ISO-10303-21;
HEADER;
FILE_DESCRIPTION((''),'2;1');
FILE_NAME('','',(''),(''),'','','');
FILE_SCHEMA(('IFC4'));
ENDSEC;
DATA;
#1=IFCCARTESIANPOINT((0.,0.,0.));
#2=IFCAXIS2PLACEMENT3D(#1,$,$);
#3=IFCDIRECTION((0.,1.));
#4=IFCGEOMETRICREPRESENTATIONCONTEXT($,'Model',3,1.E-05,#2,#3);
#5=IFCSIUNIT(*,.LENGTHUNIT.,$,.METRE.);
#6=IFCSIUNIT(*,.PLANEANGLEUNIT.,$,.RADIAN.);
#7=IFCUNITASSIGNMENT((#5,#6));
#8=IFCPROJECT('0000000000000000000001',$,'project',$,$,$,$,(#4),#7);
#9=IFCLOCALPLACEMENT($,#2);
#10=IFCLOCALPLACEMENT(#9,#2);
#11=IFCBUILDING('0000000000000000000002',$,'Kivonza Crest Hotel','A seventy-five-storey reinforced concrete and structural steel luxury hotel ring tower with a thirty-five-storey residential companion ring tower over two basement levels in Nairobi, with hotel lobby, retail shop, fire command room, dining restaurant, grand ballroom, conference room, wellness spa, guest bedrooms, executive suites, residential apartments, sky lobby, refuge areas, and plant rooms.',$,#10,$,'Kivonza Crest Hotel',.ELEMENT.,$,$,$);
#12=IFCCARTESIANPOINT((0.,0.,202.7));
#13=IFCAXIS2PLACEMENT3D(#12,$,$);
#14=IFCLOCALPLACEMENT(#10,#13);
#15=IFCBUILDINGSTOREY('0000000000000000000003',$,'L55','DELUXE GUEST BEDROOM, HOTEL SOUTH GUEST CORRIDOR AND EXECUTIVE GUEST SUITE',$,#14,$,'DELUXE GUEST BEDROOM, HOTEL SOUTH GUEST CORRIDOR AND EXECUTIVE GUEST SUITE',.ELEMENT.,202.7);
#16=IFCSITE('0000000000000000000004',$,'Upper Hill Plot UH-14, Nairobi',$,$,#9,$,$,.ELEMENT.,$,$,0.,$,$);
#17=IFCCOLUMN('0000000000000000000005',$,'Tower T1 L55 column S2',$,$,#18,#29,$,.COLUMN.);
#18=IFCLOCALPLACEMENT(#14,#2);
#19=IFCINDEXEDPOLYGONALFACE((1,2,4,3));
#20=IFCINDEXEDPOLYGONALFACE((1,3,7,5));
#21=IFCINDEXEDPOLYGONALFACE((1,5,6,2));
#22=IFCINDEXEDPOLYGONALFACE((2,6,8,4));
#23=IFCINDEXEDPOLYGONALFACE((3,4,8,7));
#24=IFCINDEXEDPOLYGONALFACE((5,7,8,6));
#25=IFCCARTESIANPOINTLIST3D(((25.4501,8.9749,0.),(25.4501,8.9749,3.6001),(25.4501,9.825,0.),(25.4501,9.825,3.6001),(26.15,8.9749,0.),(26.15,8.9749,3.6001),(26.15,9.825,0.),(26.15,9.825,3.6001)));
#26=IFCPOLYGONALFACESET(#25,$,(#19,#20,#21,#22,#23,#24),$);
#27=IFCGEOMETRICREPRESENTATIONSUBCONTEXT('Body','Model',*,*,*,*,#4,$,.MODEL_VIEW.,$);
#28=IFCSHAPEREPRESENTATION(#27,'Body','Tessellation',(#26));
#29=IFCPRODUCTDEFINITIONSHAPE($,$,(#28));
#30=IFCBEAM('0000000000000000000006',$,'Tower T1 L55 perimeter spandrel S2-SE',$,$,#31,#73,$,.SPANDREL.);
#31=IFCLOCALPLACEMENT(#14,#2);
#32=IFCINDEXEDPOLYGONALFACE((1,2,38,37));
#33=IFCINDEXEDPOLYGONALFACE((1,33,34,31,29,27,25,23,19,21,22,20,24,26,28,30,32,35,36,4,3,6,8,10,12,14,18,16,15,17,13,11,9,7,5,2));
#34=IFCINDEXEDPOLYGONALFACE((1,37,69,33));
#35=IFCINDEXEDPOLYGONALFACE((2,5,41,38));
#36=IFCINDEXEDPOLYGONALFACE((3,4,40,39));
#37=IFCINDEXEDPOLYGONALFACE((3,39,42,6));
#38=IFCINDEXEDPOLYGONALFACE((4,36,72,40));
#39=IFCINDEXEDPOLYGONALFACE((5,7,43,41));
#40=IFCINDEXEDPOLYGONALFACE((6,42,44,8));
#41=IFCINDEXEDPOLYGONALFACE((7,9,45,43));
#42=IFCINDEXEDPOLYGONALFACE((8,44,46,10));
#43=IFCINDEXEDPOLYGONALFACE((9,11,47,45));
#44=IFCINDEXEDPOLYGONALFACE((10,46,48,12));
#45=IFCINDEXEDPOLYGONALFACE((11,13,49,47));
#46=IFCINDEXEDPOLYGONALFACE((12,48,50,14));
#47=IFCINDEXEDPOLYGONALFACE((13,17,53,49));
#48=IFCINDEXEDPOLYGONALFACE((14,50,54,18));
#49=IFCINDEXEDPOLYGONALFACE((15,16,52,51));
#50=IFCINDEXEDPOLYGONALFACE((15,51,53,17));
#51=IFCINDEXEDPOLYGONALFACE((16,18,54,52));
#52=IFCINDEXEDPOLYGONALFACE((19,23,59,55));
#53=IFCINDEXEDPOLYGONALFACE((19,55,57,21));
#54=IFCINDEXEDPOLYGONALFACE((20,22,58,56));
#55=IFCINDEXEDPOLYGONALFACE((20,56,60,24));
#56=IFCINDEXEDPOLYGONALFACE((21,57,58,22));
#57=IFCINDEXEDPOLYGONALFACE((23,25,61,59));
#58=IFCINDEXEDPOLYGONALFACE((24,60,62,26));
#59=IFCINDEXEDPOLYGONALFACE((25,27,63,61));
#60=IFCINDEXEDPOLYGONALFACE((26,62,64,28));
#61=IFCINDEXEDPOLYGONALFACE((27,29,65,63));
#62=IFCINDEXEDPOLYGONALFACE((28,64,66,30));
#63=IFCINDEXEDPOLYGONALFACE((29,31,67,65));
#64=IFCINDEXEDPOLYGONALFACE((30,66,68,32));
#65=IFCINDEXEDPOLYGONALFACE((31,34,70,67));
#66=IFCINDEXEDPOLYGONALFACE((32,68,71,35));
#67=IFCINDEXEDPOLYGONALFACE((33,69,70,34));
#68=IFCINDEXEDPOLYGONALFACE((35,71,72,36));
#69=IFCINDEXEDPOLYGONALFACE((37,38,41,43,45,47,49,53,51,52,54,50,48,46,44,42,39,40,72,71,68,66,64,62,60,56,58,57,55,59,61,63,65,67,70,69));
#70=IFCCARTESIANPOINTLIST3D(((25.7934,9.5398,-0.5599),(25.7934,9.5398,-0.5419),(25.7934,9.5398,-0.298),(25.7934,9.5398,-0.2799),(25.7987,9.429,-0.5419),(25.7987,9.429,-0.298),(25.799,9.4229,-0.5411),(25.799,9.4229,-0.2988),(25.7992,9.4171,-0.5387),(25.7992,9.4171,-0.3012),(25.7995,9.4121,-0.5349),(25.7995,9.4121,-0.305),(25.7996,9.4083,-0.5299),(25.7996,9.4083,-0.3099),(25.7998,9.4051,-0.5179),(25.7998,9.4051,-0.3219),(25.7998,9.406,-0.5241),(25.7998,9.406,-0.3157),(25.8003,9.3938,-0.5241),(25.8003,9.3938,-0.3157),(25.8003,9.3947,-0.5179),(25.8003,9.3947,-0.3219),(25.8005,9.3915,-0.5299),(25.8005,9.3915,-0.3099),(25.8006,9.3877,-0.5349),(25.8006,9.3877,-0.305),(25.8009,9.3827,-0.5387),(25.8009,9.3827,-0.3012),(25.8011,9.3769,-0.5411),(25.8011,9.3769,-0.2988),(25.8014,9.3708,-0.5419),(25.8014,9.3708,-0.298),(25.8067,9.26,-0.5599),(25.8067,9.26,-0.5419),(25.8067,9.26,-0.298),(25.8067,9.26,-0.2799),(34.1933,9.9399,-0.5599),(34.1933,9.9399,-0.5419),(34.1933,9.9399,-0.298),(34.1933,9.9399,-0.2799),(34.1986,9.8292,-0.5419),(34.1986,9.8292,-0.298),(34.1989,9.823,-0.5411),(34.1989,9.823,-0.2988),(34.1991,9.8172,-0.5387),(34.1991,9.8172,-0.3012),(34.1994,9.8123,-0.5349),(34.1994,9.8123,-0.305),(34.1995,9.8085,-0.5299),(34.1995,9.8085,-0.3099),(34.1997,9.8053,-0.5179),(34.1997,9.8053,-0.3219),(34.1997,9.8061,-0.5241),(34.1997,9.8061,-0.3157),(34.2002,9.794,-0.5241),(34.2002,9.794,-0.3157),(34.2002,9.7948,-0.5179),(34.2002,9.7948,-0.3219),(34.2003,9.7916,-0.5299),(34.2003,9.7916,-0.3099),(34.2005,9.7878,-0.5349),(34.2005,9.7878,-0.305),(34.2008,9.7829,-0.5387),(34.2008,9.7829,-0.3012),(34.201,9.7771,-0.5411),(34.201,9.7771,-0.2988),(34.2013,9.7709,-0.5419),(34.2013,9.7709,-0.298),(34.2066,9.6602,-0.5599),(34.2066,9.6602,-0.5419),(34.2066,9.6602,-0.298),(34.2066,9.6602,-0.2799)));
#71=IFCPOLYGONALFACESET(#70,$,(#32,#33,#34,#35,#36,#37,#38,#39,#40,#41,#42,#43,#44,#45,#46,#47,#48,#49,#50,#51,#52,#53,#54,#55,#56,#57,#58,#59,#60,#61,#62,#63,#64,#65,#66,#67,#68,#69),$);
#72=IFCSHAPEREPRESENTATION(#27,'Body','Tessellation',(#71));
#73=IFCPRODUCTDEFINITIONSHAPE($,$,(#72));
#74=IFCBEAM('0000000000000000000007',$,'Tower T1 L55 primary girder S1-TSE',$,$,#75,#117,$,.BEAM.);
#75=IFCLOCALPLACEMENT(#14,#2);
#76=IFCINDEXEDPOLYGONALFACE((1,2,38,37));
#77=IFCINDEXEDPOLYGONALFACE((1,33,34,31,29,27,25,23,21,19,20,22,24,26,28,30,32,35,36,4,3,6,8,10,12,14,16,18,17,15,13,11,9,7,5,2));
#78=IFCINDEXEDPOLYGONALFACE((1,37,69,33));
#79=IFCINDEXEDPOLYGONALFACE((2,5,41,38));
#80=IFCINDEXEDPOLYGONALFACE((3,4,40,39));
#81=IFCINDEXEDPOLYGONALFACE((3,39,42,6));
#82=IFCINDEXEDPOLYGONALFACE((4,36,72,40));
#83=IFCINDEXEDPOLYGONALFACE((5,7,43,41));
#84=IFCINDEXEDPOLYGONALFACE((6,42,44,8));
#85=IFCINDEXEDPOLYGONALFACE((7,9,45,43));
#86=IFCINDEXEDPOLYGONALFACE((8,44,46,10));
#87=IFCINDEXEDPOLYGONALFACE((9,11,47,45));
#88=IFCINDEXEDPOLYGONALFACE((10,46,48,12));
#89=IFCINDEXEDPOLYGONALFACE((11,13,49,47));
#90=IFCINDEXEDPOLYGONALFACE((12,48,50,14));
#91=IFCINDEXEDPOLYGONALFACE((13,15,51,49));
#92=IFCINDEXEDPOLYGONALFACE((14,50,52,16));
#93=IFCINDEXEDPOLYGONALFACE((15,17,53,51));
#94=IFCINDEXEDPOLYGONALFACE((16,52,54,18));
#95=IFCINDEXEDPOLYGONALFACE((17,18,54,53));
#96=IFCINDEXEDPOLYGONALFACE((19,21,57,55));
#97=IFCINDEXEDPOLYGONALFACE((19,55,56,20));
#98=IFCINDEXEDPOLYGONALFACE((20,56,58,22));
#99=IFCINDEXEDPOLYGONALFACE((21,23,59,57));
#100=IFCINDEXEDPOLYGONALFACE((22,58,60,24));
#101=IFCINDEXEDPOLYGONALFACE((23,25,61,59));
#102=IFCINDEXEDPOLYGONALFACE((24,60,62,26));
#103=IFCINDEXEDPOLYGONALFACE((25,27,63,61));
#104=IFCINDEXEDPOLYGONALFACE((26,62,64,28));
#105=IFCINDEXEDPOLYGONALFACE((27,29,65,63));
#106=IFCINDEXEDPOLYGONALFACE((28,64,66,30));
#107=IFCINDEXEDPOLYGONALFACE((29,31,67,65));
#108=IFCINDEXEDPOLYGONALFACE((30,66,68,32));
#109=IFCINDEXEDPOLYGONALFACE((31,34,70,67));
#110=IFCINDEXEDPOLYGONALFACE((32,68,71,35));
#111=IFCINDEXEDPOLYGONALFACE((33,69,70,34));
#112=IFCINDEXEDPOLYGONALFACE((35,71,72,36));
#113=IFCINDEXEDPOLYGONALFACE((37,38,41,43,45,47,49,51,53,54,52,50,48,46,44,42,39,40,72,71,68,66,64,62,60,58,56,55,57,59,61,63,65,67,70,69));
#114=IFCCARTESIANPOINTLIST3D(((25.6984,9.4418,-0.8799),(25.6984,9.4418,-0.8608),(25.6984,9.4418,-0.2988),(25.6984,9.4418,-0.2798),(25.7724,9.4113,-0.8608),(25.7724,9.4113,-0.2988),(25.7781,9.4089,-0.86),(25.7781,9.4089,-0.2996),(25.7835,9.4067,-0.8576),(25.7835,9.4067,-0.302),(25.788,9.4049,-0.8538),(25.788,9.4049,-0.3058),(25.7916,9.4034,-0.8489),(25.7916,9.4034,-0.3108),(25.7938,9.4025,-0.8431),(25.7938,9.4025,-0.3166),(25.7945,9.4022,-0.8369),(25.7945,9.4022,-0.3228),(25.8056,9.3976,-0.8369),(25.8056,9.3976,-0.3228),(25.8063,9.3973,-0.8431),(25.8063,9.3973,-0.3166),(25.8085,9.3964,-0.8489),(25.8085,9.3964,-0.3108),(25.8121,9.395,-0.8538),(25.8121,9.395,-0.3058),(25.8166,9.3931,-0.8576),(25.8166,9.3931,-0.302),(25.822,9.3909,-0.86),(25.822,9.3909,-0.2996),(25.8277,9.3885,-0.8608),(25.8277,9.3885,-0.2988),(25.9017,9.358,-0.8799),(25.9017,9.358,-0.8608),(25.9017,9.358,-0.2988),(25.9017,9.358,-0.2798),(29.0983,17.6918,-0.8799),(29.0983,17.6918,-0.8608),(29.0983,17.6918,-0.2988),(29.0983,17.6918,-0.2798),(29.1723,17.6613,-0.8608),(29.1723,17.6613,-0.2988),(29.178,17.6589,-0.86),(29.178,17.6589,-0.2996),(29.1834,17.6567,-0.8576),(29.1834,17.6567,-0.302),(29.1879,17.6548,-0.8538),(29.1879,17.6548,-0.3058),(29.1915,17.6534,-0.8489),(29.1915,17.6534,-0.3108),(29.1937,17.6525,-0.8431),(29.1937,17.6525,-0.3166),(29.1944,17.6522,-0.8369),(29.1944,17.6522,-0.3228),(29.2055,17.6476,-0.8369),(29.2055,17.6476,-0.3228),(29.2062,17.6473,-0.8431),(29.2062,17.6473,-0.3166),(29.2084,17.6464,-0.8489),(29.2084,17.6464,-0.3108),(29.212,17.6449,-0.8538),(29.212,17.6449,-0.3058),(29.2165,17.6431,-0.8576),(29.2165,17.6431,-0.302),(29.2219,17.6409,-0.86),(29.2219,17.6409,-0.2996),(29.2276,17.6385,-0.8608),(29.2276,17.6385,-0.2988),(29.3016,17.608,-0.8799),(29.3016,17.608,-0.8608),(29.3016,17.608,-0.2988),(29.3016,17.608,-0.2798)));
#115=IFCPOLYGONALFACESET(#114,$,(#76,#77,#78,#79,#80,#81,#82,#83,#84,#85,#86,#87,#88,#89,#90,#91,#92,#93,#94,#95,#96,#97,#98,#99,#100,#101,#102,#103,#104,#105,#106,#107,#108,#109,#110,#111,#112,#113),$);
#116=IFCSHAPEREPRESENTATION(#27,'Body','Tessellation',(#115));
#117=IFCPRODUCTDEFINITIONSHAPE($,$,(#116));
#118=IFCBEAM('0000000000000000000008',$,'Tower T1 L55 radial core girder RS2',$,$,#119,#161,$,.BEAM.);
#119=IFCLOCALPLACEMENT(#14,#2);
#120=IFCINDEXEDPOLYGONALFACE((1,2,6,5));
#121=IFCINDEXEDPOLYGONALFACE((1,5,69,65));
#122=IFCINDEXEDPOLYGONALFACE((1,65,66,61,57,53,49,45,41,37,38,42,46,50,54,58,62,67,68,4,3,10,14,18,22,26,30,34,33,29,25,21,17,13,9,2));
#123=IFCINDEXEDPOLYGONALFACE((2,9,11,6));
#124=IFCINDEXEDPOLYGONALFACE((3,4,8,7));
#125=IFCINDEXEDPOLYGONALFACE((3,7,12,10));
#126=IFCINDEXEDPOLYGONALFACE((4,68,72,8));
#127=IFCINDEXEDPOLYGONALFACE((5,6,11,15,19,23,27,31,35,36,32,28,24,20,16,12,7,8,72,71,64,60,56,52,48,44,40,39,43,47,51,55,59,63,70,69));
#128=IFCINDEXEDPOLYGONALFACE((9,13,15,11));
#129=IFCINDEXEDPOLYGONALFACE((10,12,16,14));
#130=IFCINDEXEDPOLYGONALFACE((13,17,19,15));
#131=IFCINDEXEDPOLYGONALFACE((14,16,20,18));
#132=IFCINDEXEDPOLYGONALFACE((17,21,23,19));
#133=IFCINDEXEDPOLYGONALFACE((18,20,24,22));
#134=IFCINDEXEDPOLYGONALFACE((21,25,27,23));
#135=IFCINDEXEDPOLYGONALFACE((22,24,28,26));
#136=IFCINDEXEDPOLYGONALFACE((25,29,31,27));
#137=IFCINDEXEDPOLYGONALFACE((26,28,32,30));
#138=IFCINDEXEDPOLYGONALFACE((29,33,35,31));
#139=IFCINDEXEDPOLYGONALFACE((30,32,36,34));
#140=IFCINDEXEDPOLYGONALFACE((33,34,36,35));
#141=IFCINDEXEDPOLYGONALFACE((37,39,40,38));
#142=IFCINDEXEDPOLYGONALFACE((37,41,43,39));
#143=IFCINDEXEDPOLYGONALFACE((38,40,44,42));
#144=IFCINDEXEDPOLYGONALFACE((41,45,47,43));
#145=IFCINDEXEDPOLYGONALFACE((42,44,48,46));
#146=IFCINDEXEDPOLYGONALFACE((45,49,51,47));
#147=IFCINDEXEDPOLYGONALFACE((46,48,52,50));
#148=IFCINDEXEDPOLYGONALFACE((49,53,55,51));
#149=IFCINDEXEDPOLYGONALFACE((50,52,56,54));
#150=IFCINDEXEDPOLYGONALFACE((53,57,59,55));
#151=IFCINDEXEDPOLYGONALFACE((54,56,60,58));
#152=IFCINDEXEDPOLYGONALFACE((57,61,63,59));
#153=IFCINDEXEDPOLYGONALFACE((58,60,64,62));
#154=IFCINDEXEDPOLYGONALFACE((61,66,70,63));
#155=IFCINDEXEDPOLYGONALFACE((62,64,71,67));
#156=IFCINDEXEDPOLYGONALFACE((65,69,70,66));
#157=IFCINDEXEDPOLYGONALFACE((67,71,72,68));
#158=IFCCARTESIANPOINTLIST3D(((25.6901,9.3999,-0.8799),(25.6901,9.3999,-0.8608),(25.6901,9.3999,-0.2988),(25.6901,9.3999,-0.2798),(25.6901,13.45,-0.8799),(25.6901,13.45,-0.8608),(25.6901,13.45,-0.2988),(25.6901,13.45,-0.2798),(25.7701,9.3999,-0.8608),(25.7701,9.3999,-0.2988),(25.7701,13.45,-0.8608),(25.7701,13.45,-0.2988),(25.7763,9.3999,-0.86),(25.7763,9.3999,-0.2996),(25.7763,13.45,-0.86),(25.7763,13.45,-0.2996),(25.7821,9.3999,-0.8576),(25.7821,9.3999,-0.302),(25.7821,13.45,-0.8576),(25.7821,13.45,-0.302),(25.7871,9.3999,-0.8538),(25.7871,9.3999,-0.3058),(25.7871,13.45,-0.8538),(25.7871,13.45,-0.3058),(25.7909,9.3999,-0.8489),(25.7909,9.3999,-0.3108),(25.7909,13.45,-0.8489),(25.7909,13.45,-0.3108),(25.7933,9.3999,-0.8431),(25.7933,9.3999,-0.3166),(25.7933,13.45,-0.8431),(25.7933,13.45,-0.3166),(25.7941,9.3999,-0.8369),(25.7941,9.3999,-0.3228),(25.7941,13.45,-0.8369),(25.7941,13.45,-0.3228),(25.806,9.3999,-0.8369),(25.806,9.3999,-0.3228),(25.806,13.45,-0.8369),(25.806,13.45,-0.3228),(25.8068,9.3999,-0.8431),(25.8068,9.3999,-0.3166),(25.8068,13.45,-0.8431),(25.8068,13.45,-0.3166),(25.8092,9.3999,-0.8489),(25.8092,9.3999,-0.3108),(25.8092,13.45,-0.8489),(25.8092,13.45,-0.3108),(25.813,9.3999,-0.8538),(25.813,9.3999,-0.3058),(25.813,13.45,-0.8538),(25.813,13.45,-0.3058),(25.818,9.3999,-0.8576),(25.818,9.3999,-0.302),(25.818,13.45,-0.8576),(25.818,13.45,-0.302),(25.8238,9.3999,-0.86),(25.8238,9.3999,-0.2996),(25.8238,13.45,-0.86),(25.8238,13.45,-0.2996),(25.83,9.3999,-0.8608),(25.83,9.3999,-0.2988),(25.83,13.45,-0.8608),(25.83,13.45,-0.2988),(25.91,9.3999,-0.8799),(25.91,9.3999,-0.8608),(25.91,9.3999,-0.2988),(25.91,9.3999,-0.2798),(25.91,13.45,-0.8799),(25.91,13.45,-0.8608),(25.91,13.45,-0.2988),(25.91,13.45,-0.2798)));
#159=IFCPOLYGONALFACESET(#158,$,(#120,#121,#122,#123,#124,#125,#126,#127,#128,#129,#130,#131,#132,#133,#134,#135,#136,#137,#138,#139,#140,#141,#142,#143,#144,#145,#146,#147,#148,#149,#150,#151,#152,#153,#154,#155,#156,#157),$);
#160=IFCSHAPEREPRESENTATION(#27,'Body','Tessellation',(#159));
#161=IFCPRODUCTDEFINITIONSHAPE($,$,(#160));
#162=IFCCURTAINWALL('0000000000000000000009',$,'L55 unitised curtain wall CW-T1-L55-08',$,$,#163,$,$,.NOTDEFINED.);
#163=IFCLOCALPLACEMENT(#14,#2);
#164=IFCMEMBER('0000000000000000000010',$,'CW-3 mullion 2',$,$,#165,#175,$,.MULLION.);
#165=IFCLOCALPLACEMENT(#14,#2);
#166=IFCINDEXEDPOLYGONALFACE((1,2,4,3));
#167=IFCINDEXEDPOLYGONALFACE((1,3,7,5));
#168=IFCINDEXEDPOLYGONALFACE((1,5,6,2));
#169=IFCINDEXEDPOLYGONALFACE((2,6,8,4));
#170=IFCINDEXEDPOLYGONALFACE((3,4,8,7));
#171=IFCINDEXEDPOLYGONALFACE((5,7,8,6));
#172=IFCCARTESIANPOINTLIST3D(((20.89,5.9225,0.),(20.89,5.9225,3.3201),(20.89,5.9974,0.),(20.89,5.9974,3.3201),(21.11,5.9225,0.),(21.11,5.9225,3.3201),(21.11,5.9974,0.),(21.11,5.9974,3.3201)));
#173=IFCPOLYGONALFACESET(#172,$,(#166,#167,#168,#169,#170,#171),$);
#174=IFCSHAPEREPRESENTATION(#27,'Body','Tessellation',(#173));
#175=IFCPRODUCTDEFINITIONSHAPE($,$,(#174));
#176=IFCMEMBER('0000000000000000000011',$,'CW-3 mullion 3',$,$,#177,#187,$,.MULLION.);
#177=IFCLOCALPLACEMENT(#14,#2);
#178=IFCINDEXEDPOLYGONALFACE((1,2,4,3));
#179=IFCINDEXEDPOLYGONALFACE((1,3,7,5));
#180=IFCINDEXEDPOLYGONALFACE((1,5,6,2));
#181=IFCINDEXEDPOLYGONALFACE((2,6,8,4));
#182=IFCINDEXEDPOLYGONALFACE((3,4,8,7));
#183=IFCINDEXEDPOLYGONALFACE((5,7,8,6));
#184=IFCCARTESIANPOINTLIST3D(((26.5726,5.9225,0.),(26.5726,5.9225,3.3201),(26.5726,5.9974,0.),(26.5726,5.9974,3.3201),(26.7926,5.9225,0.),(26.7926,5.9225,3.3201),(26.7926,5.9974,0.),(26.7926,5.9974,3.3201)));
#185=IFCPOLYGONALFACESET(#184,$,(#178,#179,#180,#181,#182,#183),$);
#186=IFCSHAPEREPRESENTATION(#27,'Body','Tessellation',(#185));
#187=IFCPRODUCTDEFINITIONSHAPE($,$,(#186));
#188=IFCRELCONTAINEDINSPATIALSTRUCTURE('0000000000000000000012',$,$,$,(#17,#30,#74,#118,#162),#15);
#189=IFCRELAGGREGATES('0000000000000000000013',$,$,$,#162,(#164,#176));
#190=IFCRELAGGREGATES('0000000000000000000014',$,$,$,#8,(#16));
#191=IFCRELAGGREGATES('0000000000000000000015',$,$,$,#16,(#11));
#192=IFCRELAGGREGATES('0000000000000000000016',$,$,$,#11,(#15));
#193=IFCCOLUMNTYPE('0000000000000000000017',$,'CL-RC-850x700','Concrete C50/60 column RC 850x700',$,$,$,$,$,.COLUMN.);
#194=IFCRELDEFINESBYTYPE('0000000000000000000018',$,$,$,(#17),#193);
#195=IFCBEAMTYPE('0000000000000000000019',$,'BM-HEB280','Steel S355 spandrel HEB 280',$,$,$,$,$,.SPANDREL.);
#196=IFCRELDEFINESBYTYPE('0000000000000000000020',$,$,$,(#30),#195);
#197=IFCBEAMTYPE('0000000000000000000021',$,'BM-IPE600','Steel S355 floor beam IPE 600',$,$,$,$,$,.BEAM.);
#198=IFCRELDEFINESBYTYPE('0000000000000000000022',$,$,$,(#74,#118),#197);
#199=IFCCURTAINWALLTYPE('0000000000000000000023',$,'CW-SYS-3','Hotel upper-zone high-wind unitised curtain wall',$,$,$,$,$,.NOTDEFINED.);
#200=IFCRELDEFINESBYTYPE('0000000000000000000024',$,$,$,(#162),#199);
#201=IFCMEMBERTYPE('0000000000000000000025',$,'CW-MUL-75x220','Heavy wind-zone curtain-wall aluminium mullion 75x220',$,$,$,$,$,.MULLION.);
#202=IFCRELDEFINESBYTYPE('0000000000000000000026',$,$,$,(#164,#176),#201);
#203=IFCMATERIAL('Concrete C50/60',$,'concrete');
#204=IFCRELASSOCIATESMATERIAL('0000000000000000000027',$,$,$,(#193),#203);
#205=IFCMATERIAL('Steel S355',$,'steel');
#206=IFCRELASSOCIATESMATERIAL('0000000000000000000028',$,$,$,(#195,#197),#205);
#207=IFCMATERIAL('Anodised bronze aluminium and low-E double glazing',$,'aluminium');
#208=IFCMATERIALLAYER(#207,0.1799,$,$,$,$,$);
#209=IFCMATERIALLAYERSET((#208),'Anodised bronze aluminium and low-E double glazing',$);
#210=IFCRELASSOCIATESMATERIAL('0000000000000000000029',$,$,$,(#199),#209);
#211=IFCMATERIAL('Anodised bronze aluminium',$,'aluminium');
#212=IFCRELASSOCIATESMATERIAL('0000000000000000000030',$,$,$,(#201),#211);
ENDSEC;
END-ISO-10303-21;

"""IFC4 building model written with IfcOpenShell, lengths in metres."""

from ifc_helpers import new_model, si_unit, direction, frame, origin, origin_2d, place, context, subcontext, project, spatial, rectangle, i_section, extrude, material, layer, layer_set, material_profile, profile_set, type_object, element, aggregate, save


model = new_model("IFC4")

# Units and contexts
model_context = context("Model", 3, precision=1e-05, world=origin(), true_north=direction((0.0, 1.0)))
body_context = subcontext(model_context, "Body", "Model", "MODEL_VIEW")
ifc_project = project(units=[si_unit("LENGTHUNIT", "METRE"), si_unit("PLANEANGLEUNIT", "RADIAN")], contexts=[model_context])

# Site, building, storey
site_placement = place(None, origin())
site = spatial("IfcSite", under=ifc_project, at=site_placement, Name="Upper Hill Plot UH-14, Nairobi", CompositionType="ELEMENT", RefElevation=0.0)
building_placement = place(site_placement, origin())
building = spatial("IfcBuilding", under=site, at=building_placement, Name="Kivonza Crest Hotel", Description="A seventy-five-storey reinforced concrete and structural steel luxury hotel ring tower with a thirty-five-storey residential companion ring tower over two basement levels in Nairobi, with hotel lobby, retail shop, fire command room, dining restaurant, grand ballroom, conference room, wellness spa, guest bedrooms, executive suites, residential apartments, sky lobby, refuge areas, and plant rooms.", LongName="Kivonza Crest Hotel", CompositionType="ELEMENT")
storey_placement = place(building_placement, frame((0.0, 0.0, 202.7)))
storey = spatial("IfcBuildingStorey", under=building, at=storey_placement, Name="L55", Description="DELUXE GUEST BEDROOM, HOTEL SOUTH GUEST CORRIDOR AND EXECUTIVE GUEST SUITE", LongName="DELUXE GUEST BEDROOM, HOTEL SOUTH GUEST CORRIDOR AND EXECUTIVE GUEST SUITE", CompositionType="ELEMENT", Elevation=202.7)

# Column
ifc_material_1 = material(Name="Concrete C50/60", Category="concrete")
ifc_material_profile_1 = material_profile(ifc_material_1, rectangle(XDim=0.7, YDim=0.8501, at=origin_2d()), Name="RC 850x700")
ifc_profile_set_1 = profile_set([ifc_material_profile_1], Name="Concrete C50/60")
column_type = type_object("IfcColumnType", Name="CL-RC-850x700", Description="Concrete C50/60 column RC 850x700", PredefinedType="COLUMN", material=ifc_profile_set_1)
column_placement = place(storey_placement, frame((25.8, 9.3999, 0.0), z_axis=(0.0, 0.0, 1.0), x_axis=(1.0, 0.0, 0.0)))
element("IfcColumn", 1, at=column_placement, inside=storey, type_object=column_type, Name="Tower T1 L55 column S2", PredefinedType="COLUMN", context=body_context, shape_type="SweptSolid", body=[
    extrude(rectangle(XDim=0.7, YDim=0.8501, at=origin_2d()), origin(), (0.0, 0.0, 1.0), 3.6001),
])

# Beams
ifc_material_2 = material(Name="Steel S355", Category="steel")
ifc_material_profile_2 = material_profile(ifc_material_2, i_section(OverallWidth=0.28, OverallDepth=0.28, WebThickness=0.0105, FlangeThickness=0.0181, FilletRadius=0.0239, at=origin_2d()), Name="HEB 280")
ifc_profile_set_2 = profile_set([ifc_material_profile_2], Name="Steel S355")
beam_type_1 = type_object("IfcBeamType", Name="BM-HEB280", Description="Steel S355 spandrel HEB 280", PredefinedType="SPANDREL", material=ifc_profile_set_2)
beam_1_placement = place(storey_placement, frame((25.8, 9.3999, -0.4199), z_axis=(0.998867, 0.047583, 0.0), x_axis=(-0.047583, 0.998867, 0.0)))
element("IfcBeam", 2, at=beam_1_placement, inside=storey, type_object=beam_type_1, Name="Tower T1 L55 perimeter spandrel S2-SE", PredefinedType="SPANDREL", context=body_context, shape_type="SweptSolid", body=[
    extrude(i_section(OverallWidth=0.28, OverallDepth=0.28, WebThickness=0.0105, FlangeThickness=0.0181, FilletRadius=0.0239, at=origin_2d()), origin(), (0.0, 0.0, 1.0), 8.4094),
])
ifc_material_profile_3 = material_profile(ifc_material_2, i_section(OverallWidth=0.22, OverallDepth=0.6001, WebThickness=0.012, FlangeThickness=0.019, FilletRadius=0.0239, at=origin_2d()), Name="IPE 600")
ifc_profile_set_3 = profile_set([ifc_material_profile_3], Name="Steel S355")
beam_type_2 = type_object("IfcBeamType", Name="BM-IPE600", Description="Steel S355 floor beam IPE 600", PredefinedType="BEAM", material=ifc_profile_set_3)
beam_2_placement = place(storey_placement, frame((25.8, 9.3999, -0.5798), z_axis=(0.381022, 0.924566, 0.0), x_axis=(-0.924566, 0.381022, 0.0)))
element("IfcBeam", 3, at=beam_2_placement, inside=storey, type_object=beam_type_2, Name="Tower T1 L55 primary girder S1-TSE", PredefinedType="BEAM", context=body_context, shape_type="SweptSolid", body=[
    extrude(i_section(OverallWidth=0.22, OverallDepth=0.6001, WebThickness=0.012, FlangeThickness=0.019, FilletRadius=0.0239, at=origin_2d()), origin(), (0.0, 0.0, 1.0), 8.9231),
])
beam_3_placement = place(storey_placement, frame((25.8, 9.3999, -0.5798), z_axis=(0.0, 1.0, 0.0), x_axis=(-1.0, 0.0, 0.0)))
element("IfcBeam", 4, at=beam_3_placement, inside=storey, type_object=beam_type_2, Name="Tower T1 L55 radial core girder RS2", PredefinedType="BEAM", context=body_context, shape_type="SweptSolid", body=[
    extrude(i_section(OverallWidth=0.22, OverallDepth=0.6001, WebThickness=0.012, FlangeThickness=0.019, FilletRadius=0.0239, at=origin_2d()), origin(), (0.0, 0.0, 1.0), 4.05),
])

# Curtain wall, members
ifc_material_3 = material(Name="Anodised bronze aluminium and low-E double glazing", Category="aluminium")
ifc_layer_1 = layer(ifc_material_3, 0.1799)
ifc_layer_set_1 = layer_set([ifc_layer_1], Name="Anodised bronze aluminium and low-E double glazing")
curtain_wall_type = type_object("IfcCurtainWallType", Name="CW-SYS-3", Description="Hotel upper-zone high-wind unitised curtain wall", PredefinedType="NOTDEFINED", material=ifc_layer_set_1)
curtain_wall_placement = place(storey_placement, origin())
curtain_wall = element("IfcCurtainWall", 5, at=curtain_wall_placement, inside=storey, type_object=curtain_wall_type, Name="L55 unitised curtain wall CW-T1-L55-08", PredefinedType="NOTDEFINED")
ifc_material_4 = material(Name="Anodised bronze aluminium", Category="aluminium")
ifc_material_profile_4 = material_profile(ifc_material_4, rectangle(XDim=0.075, YDim=0.22, at=origin_2d()), Name="CW-M 75x220")
ifc_profile_set_4 = profile_set([ifc_material_profile_4], Name="Anodised bronze aluminium")
member_type_1 = type_object("IfcMemberType", Name="CW-MUL-75x220", Description="Heavy wind-zone curtain-wall aluminium mullion 75x220", PredefinedType="MULLION", material=ifc_profile_set_4)
member_1_placement = place(storey_placement, frame((21.0, 5.96, 0.0), z_axis=(0.0, 0.0, 1.0), x_axis=(0.0, 1.0, 0.0)))
member_1 = element("IfcMember", 6, at=member_1_placement, type_object=member_type_1, Name="CW-3 mullion 2", PredefinedType="MULLION", context=body_context, shape_type="SweptSolid", body=[
    extrude(rectangle(XDim=0.075, YDim=0.22, at=origin_2d()), origin(), (0.0, 0.0, 1.0), 3.3201),
])
member_2_placement = place(storey_placement, frame((26.6826, 5.96, 0.0), z_axis=(0.0, 0.0, 1.0), x_axis=(0.0, 1.0, 0.0)))
member_2 = element("IfcMember", 7, at=member_2_placement, type_object=member_type_1, Name="CW-3 mullion 3", PredefinedType="MULLION", context=body_context, shape_type="SweptSolid", body=[
    extrude(rectangle(XDim=0.075, YDim=0.22, at=origin_2d()), origin(), (0.0, 0.0, 1.0), 3.3201),
])
aggregate(curtain_wall, [member_1, member_2])

save(model, "model.ifc")
